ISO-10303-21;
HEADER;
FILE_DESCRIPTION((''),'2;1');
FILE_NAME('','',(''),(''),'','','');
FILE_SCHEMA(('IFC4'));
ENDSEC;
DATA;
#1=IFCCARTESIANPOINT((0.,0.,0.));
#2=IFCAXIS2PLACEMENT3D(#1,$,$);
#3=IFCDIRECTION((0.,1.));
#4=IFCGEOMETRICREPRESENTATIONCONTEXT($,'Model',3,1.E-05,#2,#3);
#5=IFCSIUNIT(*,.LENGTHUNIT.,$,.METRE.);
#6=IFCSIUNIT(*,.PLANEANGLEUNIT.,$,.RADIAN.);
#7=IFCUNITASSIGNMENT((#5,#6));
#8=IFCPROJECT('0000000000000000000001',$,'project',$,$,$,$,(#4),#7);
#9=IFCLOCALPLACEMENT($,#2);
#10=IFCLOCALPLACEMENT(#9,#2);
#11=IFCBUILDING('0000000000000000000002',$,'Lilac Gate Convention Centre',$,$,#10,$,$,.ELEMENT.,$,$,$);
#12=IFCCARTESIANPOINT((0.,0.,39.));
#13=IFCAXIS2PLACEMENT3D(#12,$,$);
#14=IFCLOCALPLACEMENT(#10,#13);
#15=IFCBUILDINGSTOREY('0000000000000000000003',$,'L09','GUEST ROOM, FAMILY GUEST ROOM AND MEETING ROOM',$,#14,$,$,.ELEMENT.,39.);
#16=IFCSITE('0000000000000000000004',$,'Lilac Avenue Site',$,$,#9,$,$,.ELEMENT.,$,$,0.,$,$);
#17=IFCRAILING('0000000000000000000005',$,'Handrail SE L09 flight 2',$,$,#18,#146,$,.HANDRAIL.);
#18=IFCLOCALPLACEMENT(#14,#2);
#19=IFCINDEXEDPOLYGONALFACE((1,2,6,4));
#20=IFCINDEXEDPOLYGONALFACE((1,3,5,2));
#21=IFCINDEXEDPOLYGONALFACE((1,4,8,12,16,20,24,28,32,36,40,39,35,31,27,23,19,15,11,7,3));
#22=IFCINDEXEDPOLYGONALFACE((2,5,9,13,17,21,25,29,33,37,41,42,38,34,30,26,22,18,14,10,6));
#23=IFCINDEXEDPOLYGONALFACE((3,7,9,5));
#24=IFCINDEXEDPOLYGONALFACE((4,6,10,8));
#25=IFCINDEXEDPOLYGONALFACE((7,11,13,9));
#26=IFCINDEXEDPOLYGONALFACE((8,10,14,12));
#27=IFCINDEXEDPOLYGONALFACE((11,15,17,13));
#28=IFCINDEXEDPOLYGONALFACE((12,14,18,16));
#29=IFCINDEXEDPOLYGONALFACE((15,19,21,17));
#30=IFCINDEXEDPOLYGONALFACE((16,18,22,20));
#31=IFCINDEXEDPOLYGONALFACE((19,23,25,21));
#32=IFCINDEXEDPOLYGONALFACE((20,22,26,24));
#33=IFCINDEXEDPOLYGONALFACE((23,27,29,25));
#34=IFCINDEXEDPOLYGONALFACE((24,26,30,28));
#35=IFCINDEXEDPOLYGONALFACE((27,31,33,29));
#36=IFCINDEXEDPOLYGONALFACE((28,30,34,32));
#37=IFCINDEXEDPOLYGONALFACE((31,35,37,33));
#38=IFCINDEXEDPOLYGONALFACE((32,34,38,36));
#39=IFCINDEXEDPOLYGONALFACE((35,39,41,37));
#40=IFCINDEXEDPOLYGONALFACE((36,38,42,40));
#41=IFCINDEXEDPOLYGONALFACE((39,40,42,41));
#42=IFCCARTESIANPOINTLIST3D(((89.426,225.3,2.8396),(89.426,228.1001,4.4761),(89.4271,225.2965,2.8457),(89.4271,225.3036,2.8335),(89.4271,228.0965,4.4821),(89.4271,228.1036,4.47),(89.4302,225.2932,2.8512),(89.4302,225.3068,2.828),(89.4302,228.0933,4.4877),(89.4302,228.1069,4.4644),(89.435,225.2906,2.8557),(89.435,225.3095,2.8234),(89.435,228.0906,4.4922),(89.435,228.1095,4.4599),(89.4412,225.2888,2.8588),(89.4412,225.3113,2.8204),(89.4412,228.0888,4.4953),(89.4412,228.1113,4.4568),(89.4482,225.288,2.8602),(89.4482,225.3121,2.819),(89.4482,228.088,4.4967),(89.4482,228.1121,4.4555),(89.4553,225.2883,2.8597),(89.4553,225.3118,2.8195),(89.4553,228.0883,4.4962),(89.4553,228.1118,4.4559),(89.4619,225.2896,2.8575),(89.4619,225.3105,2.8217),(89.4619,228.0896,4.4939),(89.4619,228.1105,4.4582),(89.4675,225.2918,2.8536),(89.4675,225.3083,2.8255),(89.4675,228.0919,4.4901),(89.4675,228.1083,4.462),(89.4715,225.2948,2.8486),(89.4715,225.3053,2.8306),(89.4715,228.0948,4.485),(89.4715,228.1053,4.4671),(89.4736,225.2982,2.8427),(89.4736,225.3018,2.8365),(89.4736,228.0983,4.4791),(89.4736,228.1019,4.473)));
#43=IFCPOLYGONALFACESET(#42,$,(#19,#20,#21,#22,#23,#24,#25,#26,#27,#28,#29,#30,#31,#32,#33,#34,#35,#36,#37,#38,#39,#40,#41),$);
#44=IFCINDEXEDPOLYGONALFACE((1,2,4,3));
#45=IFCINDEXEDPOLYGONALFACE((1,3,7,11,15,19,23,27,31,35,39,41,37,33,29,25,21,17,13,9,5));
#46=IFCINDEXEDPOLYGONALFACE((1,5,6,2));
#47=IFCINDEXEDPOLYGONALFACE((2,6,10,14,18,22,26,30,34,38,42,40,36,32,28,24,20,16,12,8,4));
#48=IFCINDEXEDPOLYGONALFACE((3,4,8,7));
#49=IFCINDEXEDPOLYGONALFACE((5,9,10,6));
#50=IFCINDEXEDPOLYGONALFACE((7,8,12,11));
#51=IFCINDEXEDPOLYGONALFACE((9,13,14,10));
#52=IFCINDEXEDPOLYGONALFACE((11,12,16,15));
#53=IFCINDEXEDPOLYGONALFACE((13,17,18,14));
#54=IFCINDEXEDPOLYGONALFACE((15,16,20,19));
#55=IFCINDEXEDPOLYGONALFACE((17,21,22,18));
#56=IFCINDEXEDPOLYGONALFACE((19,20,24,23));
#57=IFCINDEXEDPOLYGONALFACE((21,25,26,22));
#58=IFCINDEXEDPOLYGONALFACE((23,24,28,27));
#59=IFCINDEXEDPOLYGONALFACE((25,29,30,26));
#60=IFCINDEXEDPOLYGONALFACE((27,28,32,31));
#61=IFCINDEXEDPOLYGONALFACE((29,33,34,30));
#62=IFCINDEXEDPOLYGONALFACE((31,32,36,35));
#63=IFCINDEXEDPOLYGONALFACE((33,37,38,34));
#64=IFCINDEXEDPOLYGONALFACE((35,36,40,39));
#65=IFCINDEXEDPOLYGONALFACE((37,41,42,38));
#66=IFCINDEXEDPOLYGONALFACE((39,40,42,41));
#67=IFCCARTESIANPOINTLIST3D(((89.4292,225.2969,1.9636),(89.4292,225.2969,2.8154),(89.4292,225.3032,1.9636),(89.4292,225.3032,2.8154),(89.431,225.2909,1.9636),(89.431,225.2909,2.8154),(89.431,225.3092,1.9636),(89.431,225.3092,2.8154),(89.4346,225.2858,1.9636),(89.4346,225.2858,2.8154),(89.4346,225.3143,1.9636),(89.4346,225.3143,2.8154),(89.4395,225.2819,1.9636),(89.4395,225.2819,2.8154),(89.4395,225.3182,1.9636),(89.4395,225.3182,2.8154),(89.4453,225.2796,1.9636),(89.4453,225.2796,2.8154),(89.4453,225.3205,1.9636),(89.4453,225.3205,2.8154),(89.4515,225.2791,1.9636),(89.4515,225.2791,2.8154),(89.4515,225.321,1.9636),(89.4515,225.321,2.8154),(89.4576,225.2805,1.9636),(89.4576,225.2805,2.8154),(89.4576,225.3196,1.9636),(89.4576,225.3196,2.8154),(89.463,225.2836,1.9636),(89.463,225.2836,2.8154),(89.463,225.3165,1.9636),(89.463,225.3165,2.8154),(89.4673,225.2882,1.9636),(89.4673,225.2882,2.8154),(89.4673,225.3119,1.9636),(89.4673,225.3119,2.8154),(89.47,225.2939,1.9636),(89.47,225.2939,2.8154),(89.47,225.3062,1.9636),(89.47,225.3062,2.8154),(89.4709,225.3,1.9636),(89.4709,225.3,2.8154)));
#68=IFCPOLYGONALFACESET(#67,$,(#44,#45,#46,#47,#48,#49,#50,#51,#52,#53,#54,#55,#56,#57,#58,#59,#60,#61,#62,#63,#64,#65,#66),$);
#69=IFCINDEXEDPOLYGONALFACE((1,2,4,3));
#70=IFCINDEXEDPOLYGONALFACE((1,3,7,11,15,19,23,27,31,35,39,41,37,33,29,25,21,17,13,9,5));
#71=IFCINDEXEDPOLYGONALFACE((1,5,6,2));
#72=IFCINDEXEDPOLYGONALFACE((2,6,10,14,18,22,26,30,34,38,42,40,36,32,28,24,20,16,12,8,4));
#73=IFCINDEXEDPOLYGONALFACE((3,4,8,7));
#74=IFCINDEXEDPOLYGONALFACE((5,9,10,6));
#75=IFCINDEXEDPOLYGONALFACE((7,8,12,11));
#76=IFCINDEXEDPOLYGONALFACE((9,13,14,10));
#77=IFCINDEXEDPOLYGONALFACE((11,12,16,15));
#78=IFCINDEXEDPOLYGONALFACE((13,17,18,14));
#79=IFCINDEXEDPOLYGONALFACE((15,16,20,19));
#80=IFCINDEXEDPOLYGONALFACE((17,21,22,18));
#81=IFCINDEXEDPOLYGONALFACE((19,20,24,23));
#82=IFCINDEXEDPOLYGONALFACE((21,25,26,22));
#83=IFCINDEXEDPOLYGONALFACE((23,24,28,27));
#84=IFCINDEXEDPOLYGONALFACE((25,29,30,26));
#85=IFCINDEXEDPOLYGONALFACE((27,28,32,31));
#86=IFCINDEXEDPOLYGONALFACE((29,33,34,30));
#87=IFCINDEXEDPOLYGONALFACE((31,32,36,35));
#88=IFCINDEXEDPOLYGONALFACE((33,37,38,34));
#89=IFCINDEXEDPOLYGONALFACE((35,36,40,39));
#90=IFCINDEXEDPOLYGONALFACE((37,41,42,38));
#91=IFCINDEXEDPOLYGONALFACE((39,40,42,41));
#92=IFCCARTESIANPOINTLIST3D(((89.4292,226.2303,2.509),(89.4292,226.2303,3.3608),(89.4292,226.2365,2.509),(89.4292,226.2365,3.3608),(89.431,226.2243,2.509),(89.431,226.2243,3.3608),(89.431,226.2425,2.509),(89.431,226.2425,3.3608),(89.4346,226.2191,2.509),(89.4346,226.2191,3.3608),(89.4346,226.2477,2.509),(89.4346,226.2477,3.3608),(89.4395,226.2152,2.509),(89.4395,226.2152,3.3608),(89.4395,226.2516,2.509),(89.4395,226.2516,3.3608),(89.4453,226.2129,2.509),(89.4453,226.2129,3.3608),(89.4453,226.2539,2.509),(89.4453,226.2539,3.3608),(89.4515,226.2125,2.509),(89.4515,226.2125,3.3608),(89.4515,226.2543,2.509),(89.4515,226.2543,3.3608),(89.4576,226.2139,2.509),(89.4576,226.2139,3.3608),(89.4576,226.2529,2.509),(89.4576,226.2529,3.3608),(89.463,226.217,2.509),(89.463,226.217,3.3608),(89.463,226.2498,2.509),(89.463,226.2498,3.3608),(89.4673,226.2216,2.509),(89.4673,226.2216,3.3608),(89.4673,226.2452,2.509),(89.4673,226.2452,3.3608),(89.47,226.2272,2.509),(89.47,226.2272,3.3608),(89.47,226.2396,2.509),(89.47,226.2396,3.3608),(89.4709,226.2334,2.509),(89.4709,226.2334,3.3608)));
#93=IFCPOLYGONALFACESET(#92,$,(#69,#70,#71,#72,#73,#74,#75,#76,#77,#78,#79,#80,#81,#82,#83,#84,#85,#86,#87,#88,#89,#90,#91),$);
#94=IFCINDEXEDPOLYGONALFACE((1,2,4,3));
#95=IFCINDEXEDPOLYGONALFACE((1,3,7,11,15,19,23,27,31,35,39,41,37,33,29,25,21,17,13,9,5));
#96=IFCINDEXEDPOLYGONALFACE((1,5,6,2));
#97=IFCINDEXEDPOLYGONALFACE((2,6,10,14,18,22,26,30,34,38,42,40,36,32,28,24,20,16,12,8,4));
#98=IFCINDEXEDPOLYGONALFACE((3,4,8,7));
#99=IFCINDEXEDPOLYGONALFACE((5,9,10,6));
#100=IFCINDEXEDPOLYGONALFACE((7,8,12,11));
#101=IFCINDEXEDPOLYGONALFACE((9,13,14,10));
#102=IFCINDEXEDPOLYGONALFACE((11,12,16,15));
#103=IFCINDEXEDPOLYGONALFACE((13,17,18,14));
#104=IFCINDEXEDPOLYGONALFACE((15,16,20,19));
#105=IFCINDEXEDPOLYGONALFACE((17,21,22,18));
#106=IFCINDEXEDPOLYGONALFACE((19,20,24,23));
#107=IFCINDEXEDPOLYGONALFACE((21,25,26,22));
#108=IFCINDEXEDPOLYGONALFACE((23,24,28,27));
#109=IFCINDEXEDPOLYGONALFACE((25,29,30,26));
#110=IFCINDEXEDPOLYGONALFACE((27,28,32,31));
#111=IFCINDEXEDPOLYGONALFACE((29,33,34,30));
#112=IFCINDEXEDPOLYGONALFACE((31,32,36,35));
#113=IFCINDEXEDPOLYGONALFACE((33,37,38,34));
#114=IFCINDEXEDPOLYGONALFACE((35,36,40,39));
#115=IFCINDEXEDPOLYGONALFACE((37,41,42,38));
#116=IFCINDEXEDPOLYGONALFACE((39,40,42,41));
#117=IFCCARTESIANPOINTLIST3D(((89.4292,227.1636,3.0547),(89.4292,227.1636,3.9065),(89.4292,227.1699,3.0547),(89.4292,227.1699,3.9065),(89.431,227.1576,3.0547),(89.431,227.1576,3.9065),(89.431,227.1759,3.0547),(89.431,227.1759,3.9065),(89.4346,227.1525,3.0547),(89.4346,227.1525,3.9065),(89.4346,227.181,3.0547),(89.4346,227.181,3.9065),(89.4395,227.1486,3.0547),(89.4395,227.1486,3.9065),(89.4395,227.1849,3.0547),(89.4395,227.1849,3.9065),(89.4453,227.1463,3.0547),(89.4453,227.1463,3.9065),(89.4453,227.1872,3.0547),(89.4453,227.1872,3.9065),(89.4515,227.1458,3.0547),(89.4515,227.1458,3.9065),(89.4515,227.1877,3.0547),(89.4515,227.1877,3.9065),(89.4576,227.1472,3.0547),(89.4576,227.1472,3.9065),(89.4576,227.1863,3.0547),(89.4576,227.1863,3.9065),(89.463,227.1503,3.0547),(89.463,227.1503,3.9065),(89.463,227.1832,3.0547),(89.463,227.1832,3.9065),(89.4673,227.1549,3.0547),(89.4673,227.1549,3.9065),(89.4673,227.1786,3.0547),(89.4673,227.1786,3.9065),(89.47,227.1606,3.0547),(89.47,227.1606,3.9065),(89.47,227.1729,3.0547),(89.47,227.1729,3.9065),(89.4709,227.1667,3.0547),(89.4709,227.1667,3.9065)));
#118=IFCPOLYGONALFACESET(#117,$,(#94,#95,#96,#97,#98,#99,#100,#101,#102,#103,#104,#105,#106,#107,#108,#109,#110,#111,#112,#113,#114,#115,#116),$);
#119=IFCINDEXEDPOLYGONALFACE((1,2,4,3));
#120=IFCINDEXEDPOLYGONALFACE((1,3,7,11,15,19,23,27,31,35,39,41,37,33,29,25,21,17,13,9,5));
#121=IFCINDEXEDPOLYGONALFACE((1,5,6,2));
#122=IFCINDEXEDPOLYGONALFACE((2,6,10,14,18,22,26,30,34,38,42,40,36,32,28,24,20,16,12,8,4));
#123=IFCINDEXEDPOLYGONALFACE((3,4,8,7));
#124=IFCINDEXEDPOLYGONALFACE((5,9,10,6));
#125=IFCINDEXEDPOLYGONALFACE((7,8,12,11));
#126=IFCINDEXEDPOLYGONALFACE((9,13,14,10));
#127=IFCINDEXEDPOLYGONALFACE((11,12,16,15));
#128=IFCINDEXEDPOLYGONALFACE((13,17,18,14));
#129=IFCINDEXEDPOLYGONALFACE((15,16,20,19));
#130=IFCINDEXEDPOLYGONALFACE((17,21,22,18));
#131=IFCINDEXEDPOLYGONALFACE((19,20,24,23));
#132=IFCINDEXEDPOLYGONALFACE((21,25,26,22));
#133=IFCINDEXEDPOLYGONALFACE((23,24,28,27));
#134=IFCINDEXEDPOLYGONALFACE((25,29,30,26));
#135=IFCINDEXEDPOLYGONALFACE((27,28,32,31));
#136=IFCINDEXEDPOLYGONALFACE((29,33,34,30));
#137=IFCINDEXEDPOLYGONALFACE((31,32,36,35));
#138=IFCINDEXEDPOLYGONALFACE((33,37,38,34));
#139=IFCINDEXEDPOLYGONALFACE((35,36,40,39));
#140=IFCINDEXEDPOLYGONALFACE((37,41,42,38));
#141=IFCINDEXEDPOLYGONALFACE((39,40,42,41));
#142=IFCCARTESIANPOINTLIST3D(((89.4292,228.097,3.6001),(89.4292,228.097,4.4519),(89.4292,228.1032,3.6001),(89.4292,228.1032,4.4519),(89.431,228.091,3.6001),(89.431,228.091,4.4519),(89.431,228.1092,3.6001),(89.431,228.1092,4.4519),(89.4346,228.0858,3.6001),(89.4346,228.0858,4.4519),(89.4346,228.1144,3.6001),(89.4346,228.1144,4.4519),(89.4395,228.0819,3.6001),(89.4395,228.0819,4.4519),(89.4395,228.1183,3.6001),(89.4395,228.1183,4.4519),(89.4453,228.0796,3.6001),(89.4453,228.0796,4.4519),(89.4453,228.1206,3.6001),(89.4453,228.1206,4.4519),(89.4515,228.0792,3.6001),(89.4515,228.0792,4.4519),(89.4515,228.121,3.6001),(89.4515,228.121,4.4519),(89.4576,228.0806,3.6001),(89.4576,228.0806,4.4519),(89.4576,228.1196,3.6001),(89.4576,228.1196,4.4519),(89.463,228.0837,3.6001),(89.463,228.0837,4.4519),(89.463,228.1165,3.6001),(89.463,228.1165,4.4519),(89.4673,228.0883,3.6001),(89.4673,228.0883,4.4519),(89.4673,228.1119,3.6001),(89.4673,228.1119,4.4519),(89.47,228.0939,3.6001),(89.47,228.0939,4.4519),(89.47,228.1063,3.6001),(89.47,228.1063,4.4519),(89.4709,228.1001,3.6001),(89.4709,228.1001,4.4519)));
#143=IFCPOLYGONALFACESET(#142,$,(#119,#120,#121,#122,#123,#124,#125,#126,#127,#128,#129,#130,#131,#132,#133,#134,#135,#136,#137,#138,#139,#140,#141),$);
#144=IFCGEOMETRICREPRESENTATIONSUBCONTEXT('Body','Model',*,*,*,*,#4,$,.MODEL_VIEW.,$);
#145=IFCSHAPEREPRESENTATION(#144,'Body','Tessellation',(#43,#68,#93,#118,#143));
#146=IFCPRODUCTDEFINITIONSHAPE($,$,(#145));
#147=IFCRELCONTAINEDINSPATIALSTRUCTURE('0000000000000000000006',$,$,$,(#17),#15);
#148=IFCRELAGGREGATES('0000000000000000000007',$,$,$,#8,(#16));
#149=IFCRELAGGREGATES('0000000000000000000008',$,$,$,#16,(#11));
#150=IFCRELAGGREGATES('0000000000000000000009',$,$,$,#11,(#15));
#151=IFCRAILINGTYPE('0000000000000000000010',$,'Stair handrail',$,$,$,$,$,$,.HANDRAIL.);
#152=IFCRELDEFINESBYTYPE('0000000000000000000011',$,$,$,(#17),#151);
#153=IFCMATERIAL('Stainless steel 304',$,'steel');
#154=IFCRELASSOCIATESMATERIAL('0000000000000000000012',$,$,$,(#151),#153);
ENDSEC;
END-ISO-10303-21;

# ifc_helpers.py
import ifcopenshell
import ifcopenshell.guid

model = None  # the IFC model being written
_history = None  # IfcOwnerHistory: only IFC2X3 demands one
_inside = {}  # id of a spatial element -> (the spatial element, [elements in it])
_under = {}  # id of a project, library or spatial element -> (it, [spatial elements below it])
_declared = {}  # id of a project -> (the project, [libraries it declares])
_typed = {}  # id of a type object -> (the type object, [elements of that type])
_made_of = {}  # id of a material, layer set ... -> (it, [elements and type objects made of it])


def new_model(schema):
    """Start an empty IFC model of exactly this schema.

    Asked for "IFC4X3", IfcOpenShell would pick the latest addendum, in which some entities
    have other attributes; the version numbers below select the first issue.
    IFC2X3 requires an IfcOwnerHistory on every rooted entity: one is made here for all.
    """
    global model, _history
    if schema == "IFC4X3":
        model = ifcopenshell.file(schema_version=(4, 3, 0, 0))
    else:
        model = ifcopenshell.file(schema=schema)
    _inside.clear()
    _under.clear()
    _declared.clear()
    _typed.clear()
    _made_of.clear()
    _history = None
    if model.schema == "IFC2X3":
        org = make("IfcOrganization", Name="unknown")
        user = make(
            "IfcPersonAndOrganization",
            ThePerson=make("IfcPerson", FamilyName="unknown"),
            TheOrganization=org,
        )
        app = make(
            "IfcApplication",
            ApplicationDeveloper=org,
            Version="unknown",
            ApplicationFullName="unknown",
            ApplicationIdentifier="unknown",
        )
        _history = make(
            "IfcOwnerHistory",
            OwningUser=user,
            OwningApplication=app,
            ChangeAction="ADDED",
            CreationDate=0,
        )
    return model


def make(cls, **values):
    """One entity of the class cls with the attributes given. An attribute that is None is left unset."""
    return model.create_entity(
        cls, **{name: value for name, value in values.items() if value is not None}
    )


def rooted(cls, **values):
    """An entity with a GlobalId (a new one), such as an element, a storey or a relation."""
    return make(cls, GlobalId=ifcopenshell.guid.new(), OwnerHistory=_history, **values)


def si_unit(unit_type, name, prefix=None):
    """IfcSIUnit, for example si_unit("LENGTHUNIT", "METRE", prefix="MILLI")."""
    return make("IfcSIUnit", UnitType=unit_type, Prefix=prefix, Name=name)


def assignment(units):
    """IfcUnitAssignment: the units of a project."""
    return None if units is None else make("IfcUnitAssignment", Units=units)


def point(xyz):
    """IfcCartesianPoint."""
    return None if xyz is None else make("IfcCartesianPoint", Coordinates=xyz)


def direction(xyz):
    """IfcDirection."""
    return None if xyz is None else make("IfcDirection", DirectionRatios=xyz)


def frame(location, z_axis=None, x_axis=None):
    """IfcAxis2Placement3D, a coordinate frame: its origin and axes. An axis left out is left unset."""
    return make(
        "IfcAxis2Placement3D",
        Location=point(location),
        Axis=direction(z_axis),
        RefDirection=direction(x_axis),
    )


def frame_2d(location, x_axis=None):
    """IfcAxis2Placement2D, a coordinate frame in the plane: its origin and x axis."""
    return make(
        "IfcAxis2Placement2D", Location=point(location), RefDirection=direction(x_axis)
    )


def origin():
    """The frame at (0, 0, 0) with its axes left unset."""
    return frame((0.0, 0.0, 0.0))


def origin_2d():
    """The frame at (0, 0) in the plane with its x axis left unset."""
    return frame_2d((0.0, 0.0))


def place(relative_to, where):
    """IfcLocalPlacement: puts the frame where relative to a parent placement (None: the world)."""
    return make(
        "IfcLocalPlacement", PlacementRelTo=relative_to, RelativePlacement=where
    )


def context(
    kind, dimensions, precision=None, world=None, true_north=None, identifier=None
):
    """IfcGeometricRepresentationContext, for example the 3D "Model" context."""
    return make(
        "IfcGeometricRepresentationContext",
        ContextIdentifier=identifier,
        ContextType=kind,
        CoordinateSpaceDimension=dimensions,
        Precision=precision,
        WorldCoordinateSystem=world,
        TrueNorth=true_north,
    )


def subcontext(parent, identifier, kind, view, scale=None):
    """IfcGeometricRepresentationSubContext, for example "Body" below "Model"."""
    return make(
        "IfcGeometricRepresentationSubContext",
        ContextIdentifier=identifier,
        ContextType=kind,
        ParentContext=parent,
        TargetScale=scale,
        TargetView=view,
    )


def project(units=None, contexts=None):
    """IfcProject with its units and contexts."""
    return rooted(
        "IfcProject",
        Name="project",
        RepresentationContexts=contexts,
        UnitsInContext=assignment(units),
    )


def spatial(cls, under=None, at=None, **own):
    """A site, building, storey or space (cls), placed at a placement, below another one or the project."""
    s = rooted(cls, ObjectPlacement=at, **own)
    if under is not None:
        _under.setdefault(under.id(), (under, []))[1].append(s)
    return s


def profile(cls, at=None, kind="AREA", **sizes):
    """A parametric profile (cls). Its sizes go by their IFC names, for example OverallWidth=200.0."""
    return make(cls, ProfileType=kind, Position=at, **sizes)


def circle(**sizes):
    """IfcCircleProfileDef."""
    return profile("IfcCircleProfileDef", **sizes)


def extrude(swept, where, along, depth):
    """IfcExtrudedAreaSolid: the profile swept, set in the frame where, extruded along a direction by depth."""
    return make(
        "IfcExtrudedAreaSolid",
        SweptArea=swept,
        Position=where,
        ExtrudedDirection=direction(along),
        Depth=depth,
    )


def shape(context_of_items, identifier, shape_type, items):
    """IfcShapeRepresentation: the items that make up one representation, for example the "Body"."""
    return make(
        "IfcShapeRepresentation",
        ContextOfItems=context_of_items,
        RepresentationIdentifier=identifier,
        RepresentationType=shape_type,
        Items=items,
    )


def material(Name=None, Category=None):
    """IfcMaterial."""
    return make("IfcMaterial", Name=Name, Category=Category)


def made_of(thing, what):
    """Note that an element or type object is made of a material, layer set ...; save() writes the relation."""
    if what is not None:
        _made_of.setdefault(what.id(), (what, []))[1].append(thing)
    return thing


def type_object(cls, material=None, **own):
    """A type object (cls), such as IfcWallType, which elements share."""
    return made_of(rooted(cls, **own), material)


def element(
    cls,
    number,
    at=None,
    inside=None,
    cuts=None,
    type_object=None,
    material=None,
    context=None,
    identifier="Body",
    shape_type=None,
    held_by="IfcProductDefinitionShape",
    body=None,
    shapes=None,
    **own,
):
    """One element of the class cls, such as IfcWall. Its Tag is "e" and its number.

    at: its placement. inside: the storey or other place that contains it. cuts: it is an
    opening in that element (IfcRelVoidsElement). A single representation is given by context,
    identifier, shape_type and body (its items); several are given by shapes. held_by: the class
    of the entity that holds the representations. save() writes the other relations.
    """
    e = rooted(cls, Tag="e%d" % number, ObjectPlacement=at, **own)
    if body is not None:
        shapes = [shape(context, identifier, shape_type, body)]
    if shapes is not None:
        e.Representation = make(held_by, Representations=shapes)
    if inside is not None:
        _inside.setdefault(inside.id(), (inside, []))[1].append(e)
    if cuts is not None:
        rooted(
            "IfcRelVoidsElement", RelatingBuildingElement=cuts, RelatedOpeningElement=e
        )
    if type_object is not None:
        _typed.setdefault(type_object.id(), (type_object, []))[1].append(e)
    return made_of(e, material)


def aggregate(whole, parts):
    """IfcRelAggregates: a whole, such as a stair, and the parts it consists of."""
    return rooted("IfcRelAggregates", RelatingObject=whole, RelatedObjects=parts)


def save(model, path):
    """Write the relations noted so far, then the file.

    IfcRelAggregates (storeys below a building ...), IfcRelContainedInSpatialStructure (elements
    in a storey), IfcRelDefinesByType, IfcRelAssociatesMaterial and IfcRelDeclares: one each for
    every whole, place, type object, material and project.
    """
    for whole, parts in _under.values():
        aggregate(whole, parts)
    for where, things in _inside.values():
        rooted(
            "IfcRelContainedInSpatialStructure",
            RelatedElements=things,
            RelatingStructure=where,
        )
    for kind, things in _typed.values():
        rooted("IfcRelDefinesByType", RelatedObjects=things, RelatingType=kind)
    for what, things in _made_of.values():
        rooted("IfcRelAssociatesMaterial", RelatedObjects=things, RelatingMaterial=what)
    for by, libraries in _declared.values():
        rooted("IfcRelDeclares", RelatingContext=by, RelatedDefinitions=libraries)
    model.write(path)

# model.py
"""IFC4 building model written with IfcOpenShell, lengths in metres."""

from ifc_helpers import new_model, si_unit, direction, frame, origin, origin_2d, place, context, subcontext, project, spatial, circle, extrude, material, type_object, element, save


model = new_model("IFC4")

# Units and contexts
model_context = context("Model", 3, precision=1e-05, world=origin(), true_north=direction((0.0, 1.0)))
body_context = subcontext(model_context, "Body", "Model", "MODEL_VIEW")
ifc_project = project(units=[si_unit("LENGTHUNIT", "METRE"), si_unit("PLANEANGLEUNIT", "RADIAN")], contexts=[model_context])

# Site, building, storey
site_placement = place(None, origin())
site = spatial("IfcSite", under=ifc_project, at=site_placement, Name="Lilac Avenue Site", CompositionType="ELEMENT", RefElevation=0.0)
building_placement = place(site_placement, origin())
building = spatial("IfcBuilding", under=site, at=building_placement, Name="Lilac Gate Convention Centre", CompositionType="ELEMENT")
storey_placement = place(building_placement, frame((0.0, 0.0, 39.0)))
storey = spatial("IfcBuildingStorey", under=building, at=storey_placement, Name="L09", Description="GUEST ROOM, FAMILY GUEST ROOM AND MEETING ROOM", CompositionType="ELEMENT", Elevation=39.0)

# Railing
ifc_material_1 = material(Name="Stainless steel 304", Category="steel")
railing_type = type_object("IfcRailingType", Name="Stair handrail", PredefinedType="HANDRAIL", material=ifc_material_1)
for number, where, name in (
    (1, (89.45, 225.3, 1.9636), "Handrail SE L09 flight 2"),
):
    element("IfcRailing", number, at=place(storey_placement, frame(where)), inside=storey, type_object=railing_type, Name=name, PredefinedType="HANDRAIL", context=body_context, shape_type="SweptSolid", body=[
        extrude(circle(Radius=0.0239, at=origin_2d()), frame((0.0, 0.0, 0.876), z_axis=(0.0, 0.863361, 0.504587), x_axis=(-1.0, 0.0, 0.0)), (0.0, 0.0, 1.0), 3.2432),
        extrude(circle(Radius=0.021, at=origin_2d()), origin(), (0.0, 0.0, 1.0), 0.8518),
        extrude(circle(Radius=0.021, at=origin_2d()), frame((0.0, 0.9333, 0.5454)), (0.0, 0.0, 1.0), 0.8518),
        extrude(circle(Radius=0.021, at=origin_2d()), frame((0.0, 1.8667, 1.0911)), (0.0, 0.0, 1.0), 0.8518),
        extrude(circle(Radius=0.021, at=origin_2d()), frame((0.0, 2.8, 1.6365)), (0.0, 0.0, 1.0), 0.8518),
    ])

save(model, "model.ifc")
